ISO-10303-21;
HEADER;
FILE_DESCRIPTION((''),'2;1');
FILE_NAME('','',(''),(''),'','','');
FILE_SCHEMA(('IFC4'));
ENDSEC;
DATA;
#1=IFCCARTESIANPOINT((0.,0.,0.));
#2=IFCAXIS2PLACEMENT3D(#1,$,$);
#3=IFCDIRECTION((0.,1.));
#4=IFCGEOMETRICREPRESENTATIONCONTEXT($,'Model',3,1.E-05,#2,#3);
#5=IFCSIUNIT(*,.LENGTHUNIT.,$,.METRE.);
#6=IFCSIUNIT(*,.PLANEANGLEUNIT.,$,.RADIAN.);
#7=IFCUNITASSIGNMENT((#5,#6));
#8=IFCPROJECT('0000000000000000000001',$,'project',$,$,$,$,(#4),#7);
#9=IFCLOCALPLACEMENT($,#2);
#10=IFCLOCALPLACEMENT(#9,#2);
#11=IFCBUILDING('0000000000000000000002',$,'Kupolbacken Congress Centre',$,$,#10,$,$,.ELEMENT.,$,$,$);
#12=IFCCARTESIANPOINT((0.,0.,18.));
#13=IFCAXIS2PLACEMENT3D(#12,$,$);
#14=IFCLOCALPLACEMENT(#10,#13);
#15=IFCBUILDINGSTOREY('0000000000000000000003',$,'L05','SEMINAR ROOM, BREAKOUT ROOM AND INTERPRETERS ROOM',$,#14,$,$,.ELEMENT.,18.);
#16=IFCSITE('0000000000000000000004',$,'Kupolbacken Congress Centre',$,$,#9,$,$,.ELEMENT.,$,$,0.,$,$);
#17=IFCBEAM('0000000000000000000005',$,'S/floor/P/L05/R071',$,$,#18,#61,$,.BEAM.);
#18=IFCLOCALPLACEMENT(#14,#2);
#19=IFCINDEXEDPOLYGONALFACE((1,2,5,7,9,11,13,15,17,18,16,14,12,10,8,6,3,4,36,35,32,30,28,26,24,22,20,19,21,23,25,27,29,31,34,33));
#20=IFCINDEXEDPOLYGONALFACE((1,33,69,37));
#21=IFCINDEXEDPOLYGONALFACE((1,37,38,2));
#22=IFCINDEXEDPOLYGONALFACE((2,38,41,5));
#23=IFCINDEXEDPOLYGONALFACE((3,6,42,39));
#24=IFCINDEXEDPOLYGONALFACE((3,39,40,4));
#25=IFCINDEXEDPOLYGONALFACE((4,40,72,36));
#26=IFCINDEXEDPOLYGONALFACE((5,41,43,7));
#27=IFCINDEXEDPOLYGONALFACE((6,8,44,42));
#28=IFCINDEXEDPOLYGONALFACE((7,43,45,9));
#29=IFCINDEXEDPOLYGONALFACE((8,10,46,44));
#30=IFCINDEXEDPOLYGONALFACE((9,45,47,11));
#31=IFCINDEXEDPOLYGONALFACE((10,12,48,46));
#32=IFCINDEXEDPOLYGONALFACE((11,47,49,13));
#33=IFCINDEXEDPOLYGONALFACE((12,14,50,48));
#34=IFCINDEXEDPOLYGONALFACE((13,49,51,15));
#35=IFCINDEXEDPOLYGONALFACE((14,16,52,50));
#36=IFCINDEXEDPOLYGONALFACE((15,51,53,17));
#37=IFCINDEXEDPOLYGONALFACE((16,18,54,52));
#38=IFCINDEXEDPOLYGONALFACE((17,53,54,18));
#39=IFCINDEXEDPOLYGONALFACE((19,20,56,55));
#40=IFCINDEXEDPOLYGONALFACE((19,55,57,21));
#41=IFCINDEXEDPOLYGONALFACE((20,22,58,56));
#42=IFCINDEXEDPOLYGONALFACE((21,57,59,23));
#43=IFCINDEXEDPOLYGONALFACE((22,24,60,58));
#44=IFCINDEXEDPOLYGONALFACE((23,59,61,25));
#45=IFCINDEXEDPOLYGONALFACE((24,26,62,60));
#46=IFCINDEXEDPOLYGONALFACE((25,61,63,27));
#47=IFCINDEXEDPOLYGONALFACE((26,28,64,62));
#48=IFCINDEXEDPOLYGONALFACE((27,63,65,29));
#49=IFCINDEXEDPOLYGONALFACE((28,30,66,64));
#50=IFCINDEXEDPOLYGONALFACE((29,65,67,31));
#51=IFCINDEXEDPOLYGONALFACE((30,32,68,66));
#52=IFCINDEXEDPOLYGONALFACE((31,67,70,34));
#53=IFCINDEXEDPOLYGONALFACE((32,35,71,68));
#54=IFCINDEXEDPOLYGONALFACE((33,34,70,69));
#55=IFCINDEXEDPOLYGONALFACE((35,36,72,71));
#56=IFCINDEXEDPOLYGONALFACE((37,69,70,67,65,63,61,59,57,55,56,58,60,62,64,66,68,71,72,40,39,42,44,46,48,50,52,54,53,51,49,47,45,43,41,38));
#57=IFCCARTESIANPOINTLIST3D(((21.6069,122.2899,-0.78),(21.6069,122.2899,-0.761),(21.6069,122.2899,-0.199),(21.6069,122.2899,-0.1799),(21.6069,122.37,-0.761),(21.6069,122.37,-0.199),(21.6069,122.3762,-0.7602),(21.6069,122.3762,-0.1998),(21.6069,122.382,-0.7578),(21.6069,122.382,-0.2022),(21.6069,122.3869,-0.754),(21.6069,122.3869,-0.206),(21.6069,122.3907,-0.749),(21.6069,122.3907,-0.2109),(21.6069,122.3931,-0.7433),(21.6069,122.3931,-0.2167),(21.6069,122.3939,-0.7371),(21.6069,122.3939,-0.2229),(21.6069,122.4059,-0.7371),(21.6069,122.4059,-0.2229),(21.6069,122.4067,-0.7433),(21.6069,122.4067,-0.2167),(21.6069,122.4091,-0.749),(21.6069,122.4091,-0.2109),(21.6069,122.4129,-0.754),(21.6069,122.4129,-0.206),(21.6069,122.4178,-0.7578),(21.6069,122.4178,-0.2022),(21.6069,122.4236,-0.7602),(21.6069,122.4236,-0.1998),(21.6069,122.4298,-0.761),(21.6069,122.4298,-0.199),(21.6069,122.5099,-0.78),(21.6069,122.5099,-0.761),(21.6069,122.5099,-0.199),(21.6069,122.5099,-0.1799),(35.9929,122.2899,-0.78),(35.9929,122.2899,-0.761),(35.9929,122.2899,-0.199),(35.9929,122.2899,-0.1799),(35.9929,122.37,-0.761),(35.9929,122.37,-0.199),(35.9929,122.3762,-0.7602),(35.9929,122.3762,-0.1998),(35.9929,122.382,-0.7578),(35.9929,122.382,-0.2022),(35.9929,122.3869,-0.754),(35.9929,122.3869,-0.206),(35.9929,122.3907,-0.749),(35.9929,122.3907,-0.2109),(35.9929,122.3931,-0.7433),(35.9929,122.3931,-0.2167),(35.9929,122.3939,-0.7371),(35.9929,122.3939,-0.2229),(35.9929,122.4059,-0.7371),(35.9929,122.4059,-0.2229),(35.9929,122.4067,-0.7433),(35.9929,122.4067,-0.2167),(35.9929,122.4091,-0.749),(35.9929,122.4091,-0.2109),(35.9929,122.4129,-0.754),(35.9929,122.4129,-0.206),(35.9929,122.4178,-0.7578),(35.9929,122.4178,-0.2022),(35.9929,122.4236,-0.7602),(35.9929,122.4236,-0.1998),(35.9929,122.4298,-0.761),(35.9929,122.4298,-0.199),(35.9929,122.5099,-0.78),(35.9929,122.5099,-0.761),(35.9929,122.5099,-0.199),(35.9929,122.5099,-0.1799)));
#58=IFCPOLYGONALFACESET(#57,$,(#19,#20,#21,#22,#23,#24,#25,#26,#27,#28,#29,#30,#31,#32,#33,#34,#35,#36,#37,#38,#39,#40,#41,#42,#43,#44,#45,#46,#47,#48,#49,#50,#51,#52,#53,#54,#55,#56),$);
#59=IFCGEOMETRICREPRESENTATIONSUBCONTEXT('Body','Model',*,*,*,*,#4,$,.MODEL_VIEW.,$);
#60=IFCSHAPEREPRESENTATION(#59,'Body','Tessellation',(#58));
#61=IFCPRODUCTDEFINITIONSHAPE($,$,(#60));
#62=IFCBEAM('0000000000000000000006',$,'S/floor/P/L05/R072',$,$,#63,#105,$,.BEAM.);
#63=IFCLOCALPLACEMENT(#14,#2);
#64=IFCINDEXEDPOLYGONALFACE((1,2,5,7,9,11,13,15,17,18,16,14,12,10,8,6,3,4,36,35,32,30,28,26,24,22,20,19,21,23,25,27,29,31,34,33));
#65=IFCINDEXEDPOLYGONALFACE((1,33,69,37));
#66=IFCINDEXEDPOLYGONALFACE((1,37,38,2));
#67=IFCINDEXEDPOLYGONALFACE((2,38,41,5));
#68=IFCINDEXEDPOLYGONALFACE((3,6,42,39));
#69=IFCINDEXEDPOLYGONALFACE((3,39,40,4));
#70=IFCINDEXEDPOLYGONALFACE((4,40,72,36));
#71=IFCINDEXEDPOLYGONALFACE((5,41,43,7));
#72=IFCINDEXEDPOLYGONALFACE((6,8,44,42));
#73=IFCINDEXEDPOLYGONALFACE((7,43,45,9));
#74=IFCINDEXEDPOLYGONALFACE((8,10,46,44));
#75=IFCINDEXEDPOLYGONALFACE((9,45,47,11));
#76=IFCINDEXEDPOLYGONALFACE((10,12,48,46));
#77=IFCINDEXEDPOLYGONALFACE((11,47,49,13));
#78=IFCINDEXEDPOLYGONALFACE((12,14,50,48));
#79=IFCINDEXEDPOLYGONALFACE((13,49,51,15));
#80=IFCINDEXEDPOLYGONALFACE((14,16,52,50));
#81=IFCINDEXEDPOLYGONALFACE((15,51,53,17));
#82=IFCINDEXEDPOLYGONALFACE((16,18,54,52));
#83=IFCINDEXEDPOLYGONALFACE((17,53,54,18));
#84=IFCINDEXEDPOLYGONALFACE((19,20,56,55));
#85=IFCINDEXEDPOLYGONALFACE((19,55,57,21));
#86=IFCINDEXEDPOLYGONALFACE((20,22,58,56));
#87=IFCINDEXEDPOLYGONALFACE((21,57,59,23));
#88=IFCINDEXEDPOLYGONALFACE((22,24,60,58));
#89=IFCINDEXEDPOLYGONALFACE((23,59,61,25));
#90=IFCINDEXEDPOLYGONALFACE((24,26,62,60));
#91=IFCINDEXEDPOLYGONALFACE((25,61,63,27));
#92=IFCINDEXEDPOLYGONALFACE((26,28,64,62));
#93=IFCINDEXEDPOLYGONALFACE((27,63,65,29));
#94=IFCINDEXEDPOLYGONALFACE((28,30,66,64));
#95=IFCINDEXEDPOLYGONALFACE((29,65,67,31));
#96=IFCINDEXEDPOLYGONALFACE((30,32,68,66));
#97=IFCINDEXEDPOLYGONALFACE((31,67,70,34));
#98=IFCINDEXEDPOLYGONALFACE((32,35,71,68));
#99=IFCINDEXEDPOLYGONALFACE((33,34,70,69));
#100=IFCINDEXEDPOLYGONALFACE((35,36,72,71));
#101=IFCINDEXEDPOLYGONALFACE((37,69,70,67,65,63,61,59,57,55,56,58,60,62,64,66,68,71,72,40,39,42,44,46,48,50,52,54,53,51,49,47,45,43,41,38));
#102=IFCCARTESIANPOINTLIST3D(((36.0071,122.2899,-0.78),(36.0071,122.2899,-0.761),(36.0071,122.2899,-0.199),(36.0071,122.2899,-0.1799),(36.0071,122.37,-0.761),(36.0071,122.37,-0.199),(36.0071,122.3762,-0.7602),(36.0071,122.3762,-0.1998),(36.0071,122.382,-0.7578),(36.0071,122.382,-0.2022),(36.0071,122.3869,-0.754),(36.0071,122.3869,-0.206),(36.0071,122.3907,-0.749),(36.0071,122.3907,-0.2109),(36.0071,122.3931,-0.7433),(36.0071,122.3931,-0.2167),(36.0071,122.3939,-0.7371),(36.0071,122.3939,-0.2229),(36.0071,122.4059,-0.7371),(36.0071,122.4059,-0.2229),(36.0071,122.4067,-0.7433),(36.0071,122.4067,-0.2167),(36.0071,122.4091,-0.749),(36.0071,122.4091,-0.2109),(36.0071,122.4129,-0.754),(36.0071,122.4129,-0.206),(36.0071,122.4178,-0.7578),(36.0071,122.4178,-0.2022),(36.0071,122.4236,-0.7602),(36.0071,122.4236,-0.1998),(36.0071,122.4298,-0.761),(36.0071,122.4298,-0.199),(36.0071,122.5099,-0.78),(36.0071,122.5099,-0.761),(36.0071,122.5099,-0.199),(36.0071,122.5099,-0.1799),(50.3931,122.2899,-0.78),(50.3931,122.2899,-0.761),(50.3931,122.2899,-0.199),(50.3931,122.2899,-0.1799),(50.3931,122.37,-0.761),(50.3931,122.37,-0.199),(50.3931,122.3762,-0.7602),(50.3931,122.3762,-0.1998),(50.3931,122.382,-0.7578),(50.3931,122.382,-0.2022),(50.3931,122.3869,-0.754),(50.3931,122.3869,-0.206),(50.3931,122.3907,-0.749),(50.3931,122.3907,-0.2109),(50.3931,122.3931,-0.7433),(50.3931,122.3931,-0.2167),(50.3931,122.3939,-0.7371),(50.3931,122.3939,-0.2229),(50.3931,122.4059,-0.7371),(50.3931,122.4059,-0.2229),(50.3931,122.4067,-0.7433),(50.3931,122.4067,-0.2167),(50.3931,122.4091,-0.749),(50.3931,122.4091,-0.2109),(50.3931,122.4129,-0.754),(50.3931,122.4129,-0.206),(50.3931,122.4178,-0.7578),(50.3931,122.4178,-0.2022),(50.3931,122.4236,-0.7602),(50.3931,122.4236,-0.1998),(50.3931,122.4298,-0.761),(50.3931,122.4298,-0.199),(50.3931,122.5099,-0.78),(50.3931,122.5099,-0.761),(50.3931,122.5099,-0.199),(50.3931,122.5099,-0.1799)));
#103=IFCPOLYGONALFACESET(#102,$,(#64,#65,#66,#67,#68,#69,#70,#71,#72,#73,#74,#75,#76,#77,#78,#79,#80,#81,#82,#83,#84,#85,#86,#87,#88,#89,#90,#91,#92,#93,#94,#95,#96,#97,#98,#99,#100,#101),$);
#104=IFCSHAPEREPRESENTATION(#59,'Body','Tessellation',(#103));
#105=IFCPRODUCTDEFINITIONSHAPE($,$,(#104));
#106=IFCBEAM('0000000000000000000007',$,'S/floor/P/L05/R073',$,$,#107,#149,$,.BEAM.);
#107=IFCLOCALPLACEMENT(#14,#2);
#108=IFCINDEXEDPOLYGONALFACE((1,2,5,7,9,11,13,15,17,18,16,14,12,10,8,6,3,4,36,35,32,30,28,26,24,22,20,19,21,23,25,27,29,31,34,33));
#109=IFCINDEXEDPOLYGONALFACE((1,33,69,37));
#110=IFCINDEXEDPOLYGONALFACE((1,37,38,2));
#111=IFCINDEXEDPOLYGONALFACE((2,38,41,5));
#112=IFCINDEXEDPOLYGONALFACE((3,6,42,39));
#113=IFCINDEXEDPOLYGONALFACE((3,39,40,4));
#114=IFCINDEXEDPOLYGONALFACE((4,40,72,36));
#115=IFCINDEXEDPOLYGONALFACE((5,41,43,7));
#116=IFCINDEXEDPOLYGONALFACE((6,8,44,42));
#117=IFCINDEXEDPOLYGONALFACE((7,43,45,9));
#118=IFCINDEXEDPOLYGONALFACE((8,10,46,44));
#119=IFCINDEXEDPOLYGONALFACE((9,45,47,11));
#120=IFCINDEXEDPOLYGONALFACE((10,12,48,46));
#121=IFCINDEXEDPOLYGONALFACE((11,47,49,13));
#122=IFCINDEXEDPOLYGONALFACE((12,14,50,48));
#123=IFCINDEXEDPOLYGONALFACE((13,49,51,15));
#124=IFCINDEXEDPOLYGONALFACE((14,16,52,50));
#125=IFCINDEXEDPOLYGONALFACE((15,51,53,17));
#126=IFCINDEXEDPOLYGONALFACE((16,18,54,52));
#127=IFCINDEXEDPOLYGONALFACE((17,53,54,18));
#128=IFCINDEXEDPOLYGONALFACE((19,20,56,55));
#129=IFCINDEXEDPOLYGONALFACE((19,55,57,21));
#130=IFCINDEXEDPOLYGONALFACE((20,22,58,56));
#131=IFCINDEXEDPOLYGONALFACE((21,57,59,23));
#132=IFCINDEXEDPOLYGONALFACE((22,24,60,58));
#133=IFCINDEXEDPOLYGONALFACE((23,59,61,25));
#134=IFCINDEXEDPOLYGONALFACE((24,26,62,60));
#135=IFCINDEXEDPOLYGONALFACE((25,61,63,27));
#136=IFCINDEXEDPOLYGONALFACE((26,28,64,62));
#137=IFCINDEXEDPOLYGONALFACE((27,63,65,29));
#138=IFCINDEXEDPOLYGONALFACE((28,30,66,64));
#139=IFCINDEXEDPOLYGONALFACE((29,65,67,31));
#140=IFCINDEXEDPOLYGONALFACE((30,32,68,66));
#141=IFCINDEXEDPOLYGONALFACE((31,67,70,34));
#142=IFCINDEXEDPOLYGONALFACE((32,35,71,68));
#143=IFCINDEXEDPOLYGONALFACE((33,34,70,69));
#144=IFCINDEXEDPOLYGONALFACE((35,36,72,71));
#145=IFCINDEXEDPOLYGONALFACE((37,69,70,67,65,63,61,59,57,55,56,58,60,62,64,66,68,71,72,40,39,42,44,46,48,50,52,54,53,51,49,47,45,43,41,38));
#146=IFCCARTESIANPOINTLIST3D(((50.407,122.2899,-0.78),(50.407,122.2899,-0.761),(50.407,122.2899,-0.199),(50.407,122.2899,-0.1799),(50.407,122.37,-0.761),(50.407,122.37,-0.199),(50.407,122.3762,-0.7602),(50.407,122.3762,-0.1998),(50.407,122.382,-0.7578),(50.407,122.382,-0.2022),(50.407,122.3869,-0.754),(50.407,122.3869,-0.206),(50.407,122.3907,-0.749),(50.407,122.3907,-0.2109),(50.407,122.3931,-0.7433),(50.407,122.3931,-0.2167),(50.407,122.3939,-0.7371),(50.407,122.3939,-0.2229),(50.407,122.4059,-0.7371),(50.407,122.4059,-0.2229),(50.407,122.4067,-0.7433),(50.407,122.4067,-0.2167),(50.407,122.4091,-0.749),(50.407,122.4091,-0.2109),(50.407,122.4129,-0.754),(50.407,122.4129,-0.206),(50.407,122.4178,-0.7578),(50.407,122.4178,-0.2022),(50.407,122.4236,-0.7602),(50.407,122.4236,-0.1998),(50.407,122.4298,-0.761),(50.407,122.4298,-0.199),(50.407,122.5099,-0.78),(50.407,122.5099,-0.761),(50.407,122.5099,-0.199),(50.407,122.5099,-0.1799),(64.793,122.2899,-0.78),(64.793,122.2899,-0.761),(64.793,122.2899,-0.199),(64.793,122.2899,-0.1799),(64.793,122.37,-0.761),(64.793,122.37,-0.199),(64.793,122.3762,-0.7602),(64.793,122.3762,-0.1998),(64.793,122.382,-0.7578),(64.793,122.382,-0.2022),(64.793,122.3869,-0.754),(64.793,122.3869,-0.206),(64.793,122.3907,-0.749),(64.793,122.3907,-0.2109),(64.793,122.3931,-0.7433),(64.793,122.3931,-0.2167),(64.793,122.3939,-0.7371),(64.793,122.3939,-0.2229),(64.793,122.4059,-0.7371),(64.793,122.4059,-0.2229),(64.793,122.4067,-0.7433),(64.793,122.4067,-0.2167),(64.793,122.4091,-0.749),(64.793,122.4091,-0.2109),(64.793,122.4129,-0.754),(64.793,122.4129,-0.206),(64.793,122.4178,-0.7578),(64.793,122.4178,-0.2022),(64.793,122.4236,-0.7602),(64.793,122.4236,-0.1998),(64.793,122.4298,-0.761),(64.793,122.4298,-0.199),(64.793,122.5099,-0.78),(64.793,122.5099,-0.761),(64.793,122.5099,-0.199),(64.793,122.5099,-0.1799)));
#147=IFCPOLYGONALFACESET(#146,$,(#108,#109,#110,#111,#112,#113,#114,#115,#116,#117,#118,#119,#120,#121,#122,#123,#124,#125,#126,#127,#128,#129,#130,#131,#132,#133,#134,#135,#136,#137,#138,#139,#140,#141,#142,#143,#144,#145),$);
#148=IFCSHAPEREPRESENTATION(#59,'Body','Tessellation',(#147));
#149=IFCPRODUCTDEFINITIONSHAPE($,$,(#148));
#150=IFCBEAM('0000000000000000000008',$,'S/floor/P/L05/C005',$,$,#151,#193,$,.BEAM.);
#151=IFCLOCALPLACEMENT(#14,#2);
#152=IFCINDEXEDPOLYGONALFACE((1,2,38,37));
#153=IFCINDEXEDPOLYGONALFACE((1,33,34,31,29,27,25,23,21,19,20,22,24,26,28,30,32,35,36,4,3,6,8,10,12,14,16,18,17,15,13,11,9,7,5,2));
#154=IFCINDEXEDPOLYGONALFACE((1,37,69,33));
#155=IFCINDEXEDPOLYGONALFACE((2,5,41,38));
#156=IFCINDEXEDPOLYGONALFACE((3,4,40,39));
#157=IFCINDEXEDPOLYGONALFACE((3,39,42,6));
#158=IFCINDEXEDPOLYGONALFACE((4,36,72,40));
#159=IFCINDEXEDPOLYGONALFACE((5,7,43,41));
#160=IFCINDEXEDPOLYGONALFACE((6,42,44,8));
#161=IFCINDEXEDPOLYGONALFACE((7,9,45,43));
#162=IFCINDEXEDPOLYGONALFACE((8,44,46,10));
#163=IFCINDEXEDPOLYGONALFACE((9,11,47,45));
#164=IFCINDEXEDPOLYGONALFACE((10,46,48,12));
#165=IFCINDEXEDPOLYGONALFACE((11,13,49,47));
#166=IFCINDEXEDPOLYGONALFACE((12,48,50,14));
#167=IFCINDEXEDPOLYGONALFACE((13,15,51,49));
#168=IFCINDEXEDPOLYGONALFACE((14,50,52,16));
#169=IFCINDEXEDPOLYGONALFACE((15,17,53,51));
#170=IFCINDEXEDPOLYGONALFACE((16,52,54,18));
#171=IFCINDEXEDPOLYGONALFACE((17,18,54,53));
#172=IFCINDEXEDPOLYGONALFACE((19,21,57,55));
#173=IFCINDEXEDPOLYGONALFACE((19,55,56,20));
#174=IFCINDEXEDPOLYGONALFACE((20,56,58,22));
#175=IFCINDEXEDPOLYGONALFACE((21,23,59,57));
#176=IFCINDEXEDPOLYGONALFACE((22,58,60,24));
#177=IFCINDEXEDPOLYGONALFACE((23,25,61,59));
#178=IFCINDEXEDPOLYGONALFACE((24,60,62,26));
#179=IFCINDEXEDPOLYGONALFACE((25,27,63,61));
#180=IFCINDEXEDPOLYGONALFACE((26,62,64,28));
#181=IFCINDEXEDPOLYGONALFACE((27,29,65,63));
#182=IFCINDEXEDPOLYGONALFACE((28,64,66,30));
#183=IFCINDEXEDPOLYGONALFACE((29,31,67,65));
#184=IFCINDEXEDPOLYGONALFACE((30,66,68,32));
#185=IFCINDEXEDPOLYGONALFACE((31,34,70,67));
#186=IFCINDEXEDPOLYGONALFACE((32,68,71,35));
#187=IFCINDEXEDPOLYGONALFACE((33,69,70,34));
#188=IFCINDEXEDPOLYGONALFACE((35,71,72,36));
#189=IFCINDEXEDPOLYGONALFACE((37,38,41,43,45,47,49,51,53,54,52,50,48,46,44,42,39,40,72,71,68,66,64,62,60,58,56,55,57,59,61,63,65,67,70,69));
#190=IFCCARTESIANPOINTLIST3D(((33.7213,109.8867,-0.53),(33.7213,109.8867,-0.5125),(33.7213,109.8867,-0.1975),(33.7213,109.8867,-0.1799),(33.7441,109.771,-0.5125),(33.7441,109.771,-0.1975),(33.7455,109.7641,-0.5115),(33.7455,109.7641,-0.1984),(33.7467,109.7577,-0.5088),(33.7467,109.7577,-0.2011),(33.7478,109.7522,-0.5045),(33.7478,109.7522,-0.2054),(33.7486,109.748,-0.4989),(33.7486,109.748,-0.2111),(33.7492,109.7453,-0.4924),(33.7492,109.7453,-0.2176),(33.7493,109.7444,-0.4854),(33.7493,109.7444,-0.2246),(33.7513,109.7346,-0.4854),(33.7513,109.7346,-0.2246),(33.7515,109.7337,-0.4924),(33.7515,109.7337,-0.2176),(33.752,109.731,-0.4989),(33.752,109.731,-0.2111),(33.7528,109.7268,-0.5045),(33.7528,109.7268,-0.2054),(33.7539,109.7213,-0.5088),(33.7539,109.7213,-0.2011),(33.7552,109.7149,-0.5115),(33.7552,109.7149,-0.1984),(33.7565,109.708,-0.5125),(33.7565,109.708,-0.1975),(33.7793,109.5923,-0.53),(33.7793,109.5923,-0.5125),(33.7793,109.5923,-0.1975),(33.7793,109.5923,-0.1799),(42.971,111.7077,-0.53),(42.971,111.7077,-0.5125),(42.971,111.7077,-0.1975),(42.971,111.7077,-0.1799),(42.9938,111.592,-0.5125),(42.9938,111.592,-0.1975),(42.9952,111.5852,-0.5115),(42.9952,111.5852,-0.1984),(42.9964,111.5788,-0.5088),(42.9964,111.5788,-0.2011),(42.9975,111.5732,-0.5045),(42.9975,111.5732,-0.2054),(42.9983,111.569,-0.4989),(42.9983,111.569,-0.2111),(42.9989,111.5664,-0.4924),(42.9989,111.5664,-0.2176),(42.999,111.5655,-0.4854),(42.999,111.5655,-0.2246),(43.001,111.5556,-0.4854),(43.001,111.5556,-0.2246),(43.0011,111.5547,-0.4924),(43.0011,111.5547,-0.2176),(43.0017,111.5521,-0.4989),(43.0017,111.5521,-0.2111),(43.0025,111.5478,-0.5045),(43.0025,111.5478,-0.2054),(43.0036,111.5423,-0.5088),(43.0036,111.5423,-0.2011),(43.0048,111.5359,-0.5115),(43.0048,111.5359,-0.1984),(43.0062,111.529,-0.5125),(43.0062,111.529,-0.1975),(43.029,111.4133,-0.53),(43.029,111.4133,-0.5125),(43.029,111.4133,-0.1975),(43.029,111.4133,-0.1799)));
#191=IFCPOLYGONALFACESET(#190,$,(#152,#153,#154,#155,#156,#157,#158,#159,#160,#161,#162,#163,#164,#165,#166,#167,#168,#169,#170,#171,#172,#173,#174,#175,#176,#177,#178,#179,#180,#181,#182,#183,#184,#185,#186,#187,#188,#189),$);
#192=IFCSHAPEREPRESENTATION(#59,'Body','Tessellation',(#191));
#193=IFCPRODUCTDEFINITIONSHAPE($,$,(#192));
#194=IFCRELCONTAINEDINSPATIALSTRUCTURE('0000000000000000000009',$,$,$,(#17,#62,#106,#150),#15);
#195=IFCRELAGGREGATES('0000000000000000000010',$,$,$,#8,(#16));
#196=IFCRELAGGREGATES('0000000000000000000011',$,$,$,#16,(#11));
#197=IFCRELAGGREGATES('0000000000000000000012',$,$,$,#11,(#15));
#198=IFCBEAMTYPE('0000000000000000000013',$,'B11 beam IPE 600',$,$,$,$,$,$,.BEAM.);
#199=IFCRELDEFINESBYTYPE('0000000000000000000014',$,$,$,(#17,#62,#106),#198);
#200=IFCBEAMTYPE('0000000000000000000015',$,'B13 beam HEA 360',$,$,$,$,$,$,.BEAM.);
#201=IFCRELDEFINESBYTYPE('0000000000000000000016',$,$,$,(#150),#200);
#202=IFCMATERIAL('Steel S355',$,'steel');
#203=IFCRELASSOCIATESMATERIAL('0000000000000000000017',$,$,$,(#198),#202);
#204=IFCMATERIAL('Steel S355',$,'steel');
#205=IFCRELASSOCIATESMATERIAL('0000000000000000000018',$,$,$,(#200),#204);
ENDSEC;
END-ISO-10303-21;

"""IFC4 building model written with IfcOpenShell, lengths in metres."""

from ifc_helpers import new_model, si_unit, direction, frame, origin, origin_2d, place, context, subcontext, project, spatial, i_section, extrude, material, material_profile, profile_set, type_object, element, save


model = new_model("IFC4")

# Units and contexts
model_context = context("Model", 3, precision=1e-05, world=origin(), true_north=direction((0.0, 1.0)))
body_context = subcontext(model_context, "Body", "Model", "MODEL_VIEW")
ifc_project = project(units=[si_unit("LENGTHUNIT", "METRE"), si_unit("PLANEANGLEUNIT", "RADIAN")], contexts=[model_context])

# Site, building, storey
site_placement = place(None, origin())
site = spatial("IfcSite", under=ifc_project, at=site_placement, Name="Kupolbacken Congress Centre", CompositionType="ELEMENT", RefElevation=0.0)
building_placement = place(site_placement, origin())
building = spatial("IfcBuilding", under=site, at=building_placement, Name="Kupolbacken Congress Centre", CompositionType="ELEMENT")
storey_placement = place(building_placement, frame((0.0, 0.0, 18.0)))
storey = spatial("IfcBuildingStorey", under=building, at=storey_placement, Name="L05", Description="SEMINAR ROOM, BREAKOUT ROOM AND INTERPRETERS ROOM", CompositionType="ELEMENT", Elevation=18.0)

# Beams
ifc_material_1 = material(Name="Steel S355", Category="steel")
ifc_material_profile_1 = material_profile(ifc_material_1, i_section(OverallWidth=0.22, OverallDepth=0.6001, WebThickness=0.012, FlangeThickness=0.019, FilletRadius=0.0239, at=origin_2d()), Name="IPE 600")
ifc_profile_set_1 = profile_set([ifc_material_profile_1], Name="Steel S355")
beam_type_1 = type_object("IfcBeamType", Name="B11 beam IPE 600", PredefinedType="BEAM", material=ifc_profile_set_1)
for number, where, z_axis, x_axis, name in (
    (1, (21.6069, 122.3999, -0.48), (1.0, 0.0, 0.0), (0.0, 1.0, 0.0), "S/floor/P/L05/R071"),
    (2, (36.0071, 122.3999, -0.48), (1.0, 0.0, 0.0), (0.0, 1.0, 0.0), "S/floor/P/L05/R072"),
    (3, (50.407, 122.3999, -0.48), (1.0, 0.0, 0.0), (0.0, 1.0, 0.0), "S/floor/P/L05/R073"),
):
    element("IfcBeam", number, at=place(storey_placement, frame(where, z_axis=z_axis, x_axis=x_axis)), inside=storey, type_object=beam_type_1, Name=name, PredefinedType="BEAM", context=body_context, shape_type="SweptSolid", body=[
        extrude(i_section(OverallWidth=0.22, OverallDepth=0.6001, WebThickness=0.012, FlangeThickness=0.019, FilletRadius=0.0239, at=origin_2d()), origin(), (0.0, 0.0, 1.0), 14.386),
    ])
ifc_material_2 = material(Name="Steel S355", Category="steel")
ifc_material_profile_2 = material_profile(ifc_material_2, i_section(OverallWidth=0.3, OverallDepth=0.3501, WebThickness=0.01, FlangeThickness=0.0176, FilletRadius=0.0271, at=origin_2d()), Name="HEA 360")
ifc_profile_set_2 = profile_set([ifc_material_profile_2], Name="Steel S355")
beam_type_2 = type_object("IfcBeamType", Name="B13 beam HEA 360", PredefinedType="BEAM", material=ifc_profile_set_2)
beam_1_placement = place(storey_placement, frame((43.0, 111.5605, -0.355), z_axis=(-0.981166, -0.193167, 0.0), x_axis=(0.193167, -0.981166, 0.0)))
element("IfcBeam", 4, at=beam_1_placement, inside=storey, type_object=beam_type_2, Name="S/floor/P/L05/C005", PredefinedType="BEAM", context=body_context, shape_type="SweptSolid", body=[
    extrude(i_section(OverallWidth=0.3, OverallDepth=0.3501, WebThickness=0.01, FlangeThickness=0.0176, FilletRadius=0.0271, at=origin_2d()), origin(), (0.0, 0.0, 1.0), 9.4272),
])

save(model, "model.ifc")
